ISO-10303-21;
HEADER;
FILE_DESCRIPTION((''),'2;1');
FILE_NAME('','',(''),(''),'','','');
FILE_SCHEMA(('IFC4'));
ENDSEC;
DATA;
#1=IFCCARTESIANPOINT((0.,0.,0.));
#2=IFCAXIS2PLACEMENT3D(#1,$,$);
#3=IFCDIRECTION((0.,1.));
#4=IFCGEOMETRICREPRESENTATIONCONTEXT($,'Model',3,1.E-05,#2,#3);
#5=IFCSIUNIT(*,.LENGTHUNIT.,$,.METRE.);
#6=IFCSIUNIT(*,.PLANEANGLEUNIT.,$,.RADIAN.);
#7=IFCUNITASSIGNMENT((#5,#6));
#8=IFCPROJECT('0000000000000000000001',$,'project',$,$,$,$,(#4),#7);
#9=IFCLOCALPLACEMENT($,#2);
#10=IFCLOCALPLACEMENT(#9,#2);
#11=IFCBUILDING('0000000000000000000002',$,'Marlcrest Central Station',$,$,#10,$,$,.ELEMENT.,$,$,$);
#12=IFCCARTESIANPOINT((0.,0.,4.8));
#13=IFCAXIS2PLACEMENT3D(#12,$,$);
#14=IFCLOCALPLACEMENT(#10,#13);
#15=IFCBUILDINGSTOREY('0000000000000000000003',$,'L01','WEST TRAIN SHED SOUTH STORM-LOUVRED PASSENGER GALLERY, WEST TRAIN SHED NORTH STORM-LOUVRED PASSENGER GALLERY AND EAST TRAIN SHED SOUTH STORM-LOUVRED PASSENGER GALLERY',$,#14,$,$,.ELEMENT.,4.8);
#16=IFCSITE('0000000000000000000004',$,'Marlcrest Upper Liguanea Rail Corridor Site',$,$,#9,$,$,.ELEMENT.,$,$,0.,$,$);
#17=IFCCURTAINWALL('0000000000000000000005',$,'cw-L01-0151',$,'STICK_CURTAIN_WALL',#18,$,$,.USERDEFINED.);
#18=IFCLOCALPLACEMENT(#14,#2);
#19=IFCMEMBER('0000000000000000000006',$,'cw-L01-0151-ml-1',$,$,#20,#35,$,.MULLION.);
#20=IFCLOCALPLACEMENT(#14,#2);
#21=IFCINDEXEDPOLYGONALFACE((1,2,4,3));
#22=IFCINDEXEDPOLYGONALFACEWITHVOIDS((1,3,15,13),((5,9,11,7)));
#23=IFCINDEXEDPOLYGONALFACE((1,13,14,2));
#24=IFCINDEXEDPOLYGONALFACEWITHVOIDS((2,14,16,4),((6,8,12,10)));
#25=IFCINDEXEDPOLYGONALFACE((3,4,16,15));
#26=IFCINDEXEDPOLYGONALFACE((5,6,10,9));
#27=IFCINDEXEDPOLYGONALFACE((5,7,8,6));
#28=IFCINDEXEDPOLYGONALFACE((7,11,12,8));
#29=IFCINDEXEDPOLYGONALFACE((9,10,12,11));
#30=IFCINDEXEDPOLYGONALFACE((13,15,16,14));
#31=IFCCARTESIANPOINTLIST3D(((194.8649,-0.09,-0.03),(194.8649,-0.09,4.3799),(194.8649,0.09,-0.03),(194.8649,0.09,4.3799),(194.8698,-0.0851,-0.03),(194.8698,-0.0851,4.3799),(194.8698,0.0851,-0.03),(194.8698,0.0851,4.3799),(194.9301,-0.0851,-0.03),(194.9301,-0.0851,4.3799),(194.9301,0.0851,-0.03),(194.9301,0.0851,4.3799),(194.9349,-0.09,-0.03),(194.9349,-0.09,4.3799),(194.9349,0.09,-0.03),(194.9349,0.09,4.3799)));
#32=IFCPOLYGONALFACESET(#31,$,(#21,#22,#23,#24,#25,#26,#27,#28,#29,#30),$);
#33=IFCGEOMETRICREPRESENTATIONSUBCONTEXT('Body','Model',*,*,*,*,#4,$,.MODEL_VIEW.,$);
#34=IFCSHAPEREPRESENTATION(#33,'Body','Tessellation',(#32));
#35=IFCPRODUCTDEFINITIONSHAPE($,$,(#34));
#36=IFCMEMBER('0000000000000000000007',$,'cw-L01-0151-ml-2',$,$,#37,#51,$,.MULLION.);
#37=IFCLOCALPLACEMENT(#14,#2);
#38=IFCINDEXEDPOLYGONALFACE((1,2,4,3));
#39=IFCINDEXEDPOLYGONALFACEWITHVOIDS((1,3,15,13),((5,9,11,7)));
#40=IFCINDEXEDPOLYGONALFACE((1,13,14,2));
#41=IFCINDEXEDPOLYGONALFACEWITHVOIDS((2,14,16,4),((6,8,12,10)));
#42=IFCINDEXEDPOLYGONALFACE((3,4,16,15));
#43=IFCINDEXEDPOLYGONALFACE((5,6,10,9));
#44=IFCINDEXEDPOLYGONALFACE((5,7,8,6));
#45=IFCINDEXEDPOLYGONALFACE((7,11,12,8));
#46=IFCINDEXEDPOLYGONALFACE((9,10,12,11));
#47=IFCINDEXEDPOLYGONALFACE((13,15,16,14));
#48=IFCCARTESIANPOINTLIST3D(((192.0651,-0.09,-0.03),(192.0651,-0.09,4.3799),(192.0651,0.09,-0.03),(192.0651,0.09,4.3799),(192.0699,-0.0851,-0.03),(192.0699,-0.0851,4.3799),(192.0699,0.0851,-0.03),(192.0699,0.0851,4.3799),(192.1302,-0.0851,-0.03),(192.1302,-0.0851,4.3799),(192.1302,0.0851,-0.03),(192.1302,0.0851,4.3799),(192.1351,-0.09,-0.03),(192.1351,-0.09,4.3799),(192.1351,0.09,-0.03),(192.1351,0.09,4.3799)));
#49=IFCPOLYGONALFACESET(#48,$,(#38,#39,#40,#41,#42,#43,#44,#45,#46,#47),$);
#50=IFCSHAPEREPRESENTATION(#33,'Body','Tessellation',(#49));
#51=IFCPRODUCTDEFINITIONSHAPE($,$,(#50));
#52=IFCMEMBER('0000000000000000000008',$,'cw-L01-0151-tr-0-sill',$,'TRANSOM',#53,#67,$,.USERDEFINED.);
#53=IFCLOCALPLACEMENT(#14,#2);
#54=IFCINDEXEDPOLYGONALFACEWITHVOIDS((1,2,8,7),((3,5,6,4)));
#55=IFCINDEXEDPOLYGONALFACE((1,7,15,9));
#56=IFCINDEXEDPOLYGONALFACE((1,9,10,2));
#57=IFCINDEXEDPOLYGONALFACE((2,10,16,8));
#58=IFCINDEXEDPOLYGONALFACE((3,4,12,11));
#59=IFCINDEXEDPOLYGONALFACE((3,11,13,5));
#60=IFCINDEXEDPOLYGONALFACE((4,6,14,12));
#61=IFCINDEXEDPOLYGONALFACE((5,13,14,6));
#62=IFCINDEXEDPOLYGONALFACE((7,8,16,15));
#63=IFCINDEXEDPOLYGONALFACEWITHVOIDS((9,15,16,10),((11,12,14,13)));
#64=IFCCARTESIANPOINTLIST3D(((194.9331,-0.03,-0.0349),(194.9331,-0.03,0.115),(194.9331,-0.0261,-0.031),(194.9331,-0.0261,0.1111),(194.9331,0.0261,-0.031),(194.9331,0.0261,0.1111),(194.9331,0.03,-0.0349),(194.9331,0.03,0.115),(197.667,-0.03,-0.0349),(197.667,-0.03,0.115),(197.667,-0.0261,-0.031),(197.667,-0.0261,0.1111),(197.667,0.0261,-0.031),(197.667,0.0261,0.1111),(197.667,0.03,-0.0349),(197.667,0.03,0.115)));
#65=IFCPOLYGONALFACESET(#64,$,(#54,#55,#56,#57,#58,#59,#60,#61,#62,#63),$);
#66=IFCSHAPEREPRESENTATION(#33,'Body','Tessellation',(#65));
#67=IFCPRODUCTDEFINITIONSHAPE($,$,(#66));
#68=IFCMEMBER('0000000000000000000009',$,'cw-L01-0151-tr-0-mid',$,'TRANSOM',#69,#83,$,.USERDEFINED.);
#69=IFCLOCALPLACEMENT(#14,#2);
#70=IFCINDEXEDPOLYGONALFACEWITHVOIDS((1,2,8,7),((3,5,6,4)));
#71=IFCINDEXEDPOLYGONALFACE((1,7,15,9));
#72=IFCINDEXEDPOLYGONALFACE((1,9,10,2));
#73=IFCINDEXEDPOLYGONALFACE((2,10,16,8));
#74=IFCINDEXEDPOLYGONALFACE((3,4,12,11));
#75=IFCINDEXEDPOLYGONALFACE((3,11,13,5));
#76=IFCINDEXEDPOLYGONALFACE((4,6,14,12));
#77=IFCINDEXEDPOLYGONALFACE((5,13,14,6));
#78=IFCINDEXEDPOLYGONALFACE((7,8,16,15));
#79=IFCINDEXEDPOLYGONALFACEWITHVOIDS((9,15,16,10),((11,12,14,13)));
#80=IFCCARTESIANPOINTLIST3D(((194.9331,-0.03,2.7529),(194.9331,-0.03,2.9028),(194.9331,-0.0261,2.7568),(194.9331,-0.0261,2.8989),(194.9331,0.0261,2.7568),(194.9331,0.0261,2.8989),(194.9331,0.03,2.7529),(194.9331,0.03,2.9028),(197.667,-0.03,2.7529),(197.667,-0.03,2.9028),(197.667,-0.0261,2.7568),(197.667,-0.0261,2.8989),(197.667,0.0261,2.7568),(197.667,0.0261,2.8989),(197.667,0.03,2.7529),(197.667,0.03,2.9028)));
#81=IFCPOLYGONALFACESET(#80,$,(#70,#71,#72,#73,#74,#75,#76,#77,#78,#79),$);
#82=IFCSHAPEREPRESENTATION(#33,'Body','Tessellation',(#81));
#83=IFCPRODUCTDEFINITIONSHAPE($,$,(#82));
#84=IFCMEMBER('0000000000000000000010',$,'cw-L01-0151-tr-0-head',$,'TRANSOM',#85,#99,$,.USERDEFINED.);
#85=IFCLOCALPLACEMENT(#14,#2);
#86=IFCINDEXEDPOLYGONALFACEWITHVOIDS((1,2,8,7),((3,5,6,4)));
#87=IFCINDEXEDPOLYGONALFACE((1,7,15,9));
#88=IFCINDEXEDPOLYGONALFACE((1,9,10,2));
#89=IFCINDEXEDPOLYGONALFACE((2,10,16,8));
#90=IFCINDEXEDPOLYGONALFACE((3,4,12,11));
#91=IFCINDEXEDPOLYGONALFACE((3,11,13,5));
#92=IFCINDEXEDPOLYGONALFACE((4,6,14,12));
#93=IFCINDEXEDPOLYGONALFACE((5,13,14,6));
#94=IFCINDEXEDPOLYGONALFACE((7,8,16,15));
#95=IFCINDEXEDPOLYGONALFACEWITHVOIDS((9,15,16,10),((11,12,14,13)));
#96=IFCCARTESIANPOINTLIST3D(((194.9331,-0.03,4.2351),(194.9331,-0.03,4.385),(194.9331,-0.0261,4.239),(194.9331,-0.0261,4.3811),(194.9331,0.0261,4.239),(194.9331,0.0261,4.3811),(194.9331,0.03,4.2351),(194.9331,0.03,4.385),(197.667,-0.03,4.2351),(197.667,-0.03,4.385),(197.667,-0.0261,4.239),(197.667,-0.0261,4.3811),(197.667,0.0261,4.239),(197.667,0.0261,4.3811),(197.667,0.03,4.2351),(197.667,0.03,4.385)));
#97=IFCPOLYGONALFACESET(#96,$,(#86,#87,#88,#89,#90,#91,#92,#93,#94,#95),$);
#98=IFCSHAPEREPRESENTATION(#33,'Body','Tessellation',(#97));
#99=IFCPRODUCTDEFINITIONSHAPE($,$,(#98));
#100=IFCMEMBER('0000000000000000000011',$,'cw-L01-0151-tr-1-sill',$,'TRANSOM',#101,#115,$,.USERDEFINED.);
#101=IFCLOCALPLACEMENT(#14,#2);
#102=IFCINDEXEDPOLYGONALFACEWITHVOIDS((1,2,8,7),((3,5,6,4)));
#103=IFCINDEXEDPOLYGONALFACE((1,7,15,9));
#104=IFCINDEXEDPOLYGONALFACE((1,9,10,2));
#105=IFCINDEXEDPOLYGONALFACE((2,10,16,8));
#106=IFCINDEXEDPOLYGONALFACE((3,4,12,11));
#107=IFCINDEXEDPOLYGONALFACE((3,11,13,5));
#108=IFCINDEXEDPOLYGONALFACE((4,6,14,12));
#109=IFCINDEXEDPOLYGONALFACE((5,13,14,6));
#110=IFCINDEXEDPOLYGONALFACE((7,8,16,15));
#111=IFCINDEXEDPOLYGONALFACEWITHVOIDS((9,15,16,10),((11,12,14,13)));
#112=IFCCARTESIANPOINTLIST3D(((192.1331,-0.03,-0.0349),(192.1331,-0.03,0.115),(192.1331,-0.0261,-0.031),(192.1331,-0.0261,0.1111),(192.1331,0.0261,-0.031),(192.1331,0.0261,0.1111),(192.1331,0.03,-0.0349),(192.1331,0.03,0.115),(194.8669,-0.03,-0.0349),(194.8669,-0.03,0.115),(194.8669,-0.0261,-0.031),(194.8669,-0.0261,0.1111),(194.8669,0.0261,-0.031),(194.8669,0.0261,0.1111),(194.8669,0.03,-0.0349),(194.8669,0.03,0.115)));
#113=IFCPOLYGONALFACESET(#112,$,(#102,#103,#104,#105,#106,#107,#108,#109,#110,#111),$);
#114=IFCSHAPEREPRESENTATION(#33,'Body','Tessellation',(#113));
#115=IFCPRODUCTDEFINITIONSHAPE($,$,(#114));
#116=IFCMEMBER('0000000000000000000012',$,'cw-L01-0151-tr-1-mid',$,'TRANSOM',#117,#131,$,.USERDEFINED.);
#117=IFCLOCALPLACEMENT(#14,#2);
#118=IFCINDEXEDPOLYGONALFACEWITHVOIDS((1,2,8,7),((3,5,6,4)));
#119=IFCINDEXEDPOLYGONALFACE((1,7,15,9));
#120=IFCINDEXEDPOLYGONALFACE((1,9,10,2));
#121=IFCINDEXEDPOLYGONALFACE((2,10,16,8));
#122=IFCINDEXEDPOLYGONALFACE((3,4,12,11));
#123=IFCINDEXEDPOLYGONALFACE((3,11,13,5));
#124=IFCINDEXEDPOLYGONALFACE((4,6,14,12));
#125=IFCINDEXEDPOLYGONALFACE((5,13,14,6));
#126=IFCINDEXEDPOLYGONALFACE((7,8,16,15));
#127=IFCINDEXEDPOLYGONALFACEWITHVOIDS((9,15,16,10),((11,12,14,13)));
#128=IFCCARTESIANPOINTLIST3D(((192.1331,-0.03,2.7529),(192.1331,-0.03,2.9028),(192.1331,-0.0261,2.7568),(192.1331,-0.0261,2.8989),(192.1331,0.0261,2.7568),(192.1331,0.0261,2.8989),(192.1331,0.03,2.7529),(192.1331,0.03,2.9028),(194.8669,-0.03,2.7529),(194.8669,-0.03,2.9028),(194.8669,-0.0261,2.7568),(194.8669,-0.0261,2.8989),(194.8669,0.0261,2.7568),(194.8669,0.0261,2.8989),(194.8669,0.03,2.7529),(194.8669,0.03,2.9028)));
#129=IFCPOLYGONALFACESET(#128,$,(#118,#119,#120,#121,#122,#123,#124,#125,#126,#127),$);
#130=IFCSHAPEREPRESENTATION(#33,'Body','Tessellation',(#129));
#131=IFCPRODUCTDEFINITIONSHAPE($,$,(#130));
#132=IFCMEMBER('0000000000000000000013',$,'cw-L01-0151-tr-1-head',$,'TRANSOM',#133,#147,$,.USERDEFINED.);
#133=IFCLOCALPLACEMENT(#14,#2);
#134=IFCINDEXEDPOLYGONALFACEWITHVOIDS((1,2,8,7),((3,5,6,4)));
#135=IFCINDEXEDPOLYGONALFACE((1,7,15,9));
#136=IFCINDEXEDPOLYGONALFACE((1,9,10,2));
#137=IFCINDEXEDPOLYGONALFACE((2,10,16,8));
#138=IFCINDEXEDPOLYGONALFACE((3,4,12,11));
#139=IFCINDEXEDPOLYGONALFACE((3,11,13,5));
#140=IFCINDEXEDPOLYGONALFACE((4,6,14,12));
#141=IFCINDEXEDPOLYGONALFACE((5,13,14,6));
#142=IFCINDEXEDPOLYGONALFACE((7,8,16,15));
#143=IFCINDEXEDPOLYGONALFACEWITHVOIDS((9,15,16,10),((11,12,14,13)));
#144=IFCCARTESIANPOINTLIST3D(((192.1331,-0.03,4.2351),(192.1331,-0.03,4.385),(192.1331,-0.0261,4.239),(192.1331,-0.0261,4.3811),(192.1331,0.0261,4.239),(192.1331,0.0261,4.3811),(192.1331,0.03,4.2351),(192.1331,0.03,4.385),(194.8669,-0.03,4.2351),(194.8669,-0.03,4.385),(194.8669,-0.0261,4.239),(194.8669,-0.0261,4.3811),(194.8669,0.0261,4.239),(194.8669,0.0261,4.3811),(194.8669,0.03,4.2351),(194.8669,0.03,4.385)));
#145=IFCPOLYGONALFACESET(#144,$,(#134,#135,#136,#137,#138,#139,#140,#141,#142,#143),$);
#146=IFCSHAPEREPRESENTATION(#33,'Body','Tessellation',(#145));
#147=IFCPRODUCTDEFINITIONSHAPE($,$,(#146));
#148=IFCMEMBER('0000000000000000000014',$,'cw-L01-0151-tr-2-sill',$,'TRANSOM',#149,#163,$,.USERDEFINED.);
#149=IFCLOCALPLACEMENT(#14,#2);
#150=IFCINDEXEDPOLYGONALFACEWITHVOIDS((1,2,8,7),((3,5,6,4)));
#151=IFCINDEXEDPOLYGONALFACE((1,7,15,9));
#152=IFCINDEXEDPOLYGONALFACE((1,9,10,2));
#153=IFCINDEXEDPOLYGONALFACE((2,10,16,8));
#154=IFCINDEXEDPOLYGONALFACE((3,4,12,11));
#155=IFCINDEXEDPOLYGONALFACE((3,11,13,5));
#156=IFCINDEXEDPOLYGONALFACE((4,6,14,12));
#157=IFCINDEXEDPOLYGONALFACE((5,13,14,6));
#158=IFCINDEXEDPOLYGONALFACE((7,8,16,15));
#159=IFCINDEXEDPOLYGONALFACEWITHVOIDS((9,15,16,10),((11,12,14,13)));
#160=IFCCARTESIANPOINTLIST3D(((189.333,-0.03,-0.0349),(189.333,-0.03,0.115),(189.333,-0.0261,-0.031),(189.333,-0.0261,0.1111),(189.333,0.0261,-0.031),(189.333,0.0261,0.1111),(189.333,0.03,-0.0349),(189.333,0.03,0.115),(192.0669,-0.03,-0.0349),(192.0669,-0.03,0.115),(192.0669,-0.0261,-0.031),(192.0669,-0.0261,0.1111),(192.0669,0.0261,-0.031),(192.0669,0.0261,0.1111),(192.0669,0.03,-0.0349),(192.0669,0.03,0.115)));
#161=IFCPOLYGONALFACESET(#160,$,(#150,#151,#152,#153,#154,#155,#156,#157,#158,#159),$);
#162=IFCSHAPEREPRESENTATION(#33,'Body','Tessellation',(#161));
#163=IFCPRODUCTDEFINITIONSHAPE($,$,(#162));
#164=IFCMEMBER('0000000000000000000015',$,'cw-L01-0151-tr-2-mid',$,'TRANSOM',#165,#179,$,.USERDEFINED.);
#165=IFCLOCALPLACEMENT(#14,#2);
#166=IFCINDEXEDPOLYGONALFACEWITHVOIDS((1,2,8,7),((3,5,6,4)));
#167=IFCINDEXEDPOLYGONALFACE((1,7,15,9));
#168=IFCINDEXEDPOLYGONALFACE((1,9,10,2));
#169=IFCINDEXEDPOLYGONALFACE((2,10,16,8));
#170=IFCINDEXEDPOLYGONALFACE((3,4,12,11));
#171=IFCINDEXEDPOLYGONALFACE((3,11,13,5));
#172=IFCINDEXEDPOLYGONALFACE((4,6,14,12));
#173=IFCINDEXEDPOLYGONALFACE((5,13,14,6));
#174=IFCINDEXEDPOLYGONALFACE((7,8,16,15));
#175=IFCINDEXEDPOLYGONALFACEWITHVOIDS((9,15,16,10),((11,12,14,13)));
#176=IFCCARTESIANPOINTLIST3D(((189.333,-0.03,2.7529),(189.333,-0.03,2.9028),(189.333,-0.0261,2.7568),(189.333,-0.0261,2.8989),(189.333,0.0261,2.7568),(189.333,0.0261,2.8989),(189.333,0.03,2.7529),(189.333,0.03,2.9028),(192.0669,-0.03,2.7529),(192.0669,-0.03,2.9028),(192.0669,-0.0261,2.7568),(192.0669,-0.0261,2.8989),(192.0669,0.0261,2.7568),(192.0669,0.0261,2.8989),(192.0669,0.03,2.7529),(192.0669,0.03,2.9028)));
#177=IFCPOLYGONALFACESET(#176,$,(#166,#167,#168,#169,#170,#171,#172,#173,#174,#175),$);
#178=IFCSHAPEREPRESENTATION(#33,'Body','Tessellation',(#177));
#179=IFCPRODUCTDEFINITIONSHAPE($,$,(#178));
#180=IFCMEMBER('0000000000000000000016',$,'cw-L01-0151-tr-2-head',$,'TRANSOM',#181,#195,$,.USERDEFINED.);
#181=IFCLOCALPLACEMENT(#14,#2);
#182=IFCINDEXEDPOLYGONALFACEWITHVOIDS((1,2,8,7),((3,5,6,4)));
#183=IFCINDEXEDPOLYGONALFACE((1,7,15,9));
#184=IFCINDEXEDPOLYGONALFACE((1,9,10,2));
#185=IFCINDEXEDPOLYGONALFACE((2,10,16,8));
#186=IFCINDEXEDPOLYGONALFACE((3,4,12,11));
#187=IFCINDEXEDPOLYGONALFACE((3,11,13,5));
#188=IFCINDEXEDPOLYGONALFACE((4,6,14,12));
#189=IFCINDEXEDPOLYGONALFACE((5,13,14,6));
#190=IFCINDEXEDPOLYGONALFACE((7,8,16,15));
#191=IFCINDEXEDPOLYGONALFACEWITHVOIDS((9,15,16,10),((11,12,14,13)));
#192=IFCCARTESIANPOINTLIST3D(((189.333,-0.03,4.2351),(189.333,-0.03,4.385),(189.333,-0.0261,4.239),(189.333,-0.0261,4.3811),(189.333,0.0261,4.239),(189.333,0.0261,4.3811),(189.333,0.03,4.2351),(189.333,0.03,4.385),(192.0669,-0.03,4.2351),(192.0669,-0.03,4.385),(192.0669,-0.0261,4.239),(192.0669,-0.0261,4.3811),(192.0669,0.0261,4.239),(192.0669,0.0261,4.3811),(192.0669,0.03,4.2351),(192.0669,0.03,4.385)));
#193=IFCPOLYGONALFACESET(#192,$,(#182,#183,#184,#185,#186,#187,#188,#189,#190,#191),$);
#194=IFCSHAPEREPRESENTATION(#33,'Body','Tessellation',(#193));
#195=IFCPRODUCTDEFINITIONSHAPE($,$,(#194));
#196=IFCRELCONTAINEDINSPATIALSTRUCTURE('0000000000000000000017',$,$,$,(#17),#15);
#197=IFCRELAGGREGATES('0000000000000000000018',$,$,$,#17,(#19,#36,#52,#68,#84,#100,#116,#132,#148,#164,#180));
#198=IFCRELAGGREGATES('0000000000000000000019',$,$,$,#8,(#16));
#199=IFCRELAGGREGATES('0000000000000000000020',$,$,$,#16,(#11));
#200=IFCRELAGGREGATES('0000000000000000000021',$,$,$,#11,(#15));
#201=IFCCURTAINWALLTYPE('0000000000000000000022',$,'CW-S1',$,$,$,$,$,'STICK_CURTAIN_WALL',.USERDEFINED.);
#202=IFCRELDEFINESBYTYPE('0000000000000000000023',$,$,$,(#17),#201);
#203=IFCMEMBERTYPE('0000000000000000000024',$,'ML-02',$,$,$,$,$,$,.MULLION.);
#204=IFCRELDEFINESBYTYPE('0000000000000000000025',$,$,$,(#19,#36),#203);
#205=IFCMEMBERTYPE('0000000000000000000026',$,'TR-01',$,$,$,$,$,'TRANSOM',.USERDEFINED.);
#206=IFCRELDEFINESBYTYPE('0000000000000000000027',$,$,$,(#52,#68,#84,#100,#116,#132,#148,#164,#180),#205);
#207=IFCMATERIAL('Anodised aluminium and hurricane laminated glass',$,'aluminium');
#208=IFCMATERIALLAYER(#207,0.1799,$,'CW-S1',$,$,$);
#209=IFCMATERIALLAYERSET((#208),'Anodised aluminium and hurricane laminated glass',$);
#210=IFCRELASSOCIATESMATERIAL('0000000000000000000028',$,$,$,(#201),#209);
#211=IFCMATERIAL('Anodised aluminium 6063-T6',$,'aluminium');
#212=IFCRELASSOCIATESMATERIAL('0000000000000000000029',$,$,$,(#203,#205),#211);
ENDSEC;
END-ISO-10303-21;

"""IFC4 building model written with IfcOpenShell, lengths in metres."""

from ifc_helpers import new_model, si_unit, direction, frame, origin, origin_2d, place, context, subcontext, project, spatial, hollow_rectangle, extrude, material, layer, layer_set, material_profile, profile_set, type_object, element, aggregate, save


model = new_model("IFC4")

# Units and contexts
model_context = context("Model", 3, precision=1e-05, world=origin(), true_north=direction((0.0, 1.0)))
body_context = subcontext(model_context, "Body", "Model", "MODEL_VIEW")
ifc_project = project(units=[si_unit("LENGTHUNIT", "METRE"), si_unit("PLANEANGLEUNIT", "RADIAN")], contexts=[model_context])

# Site, building, storey
site_placement = place(None, origin())
site = spatial("IfcSite", under=ifc_project, at=site_placement, Name="Marlcrest Upper Liguanea Rail Corridor Site", CompositionType="ELEMENT", RefElevation=0.0)
building_placement = place(site_placement, origin())
building = spatial("IfcBuilding", under=site, at=building_placement, Name="Marlcrest Central Station", CompositionType="ELEMENT")
storey_placement = place(building_placement, frame((0.0, 0.0, 4.8)))
storey = spatial("IfcBuildingStorey", under=building, at=storey_placement, Name="L01", Description="WEST TRAIN SHED SOUTH STORM-LOUVRED PASSENGER GALLERY, WEST TRAIN SHED NORTH STORM-LOUVRED PASSENGER GALLERY AND EAST TRAIN SHED SOUTH STORM-LOUVRED PASSENGER GALLERY", CompositionType="ELEMENT", Elevation=4.8)

# Curtain wall, members
ifc_material_1 = material(Name="Anodised aluminium and hurricane laminated glass", Category="aluminium")
ifc_layer_1 = layer(ifc_material_1, 0.1799, Name="CW-S1")
ifc_layer_set_1 = layer_set([ifc_layer_1], Name="Anodised aluminium and hurricane laminated glass")
curtain_wall_type = type_object("IfcCurtainWallType", Name="CW-S1", ElementType="STICK_CURTAIN_WALL", PredefinedType="USERDEFINED", material=ifc_layer_set_1)
curtain_wall_placement = place(storey_placement, origin())
curtain_wall = element("IfcCurtainWall", 1, at=curtain_wall_placement, inside=storey, type_object=curtain_wall_type, Name="cw-L01-0151", ObjectType="STICK_CURTAIN_WALL", PredefinedType="USERDEFINED")
ifc_material_2 = material(Name="Anodised aluminium 6063-T6", Category="aluminium")
ifc_material_profile_1 = material_profile(ifc_material_2, hollow_rectangle(XDim=0.0701, YDim=0.1799, WallThickness=0.0049, at=origin_2d()), Name="AA-RHS 180x70x5")
ifc_profile_set_1 = profile_set([ifc_material_profile_1], Name="Anodised aluminium 6063-T6")
member_type_1 = type_object("IfcMemberType", Name="ML-02", PredefinedType="MULLION", material=ifc_profile_set_1)
member_1_placement = place(storey_placement, frame((194.8999, 0.0, -0.03), z_axis=(0.0, 0.0, 1.0), x_axis=(1.0, 0.0, 0.0)))
member_1 = element("IfcMember", 2, at=member_1_placement, type_object=member_type_1, Name="cw-L01-0151-ml-1", PredefinedType="MULLION", context=body_context, shape_type="SweptSolid", body=[
    extrude(hollow_rectangle(XDim=0.0701, YDim=0.1799, WallThickness=0.0049, at=origin_2d()), origin(), (0.0, 0.0, 1.0), 4.4099),
])
member_2_placement = place(storey_placement, frame((192.1001, 0.0, -0.03), z_axis=(0.0, 0.0, 1.0), x_axis=(1.0, 0.0, 0.0)))
member_2 = element("IfcMember", 3, at=member_2_placement, type_object=member_type_1, Name="cw-L01-0151-ml-2", PredefinedType="MULLION", context=body_context, shape_type="SweptSolid", body=[
    extrude(hollow_rectangle(XDim=0.0701, YDim=0.1799, WallThickness=0.0049, at=origin_2d()), origin(), (0.0, 0.0, 1.0), 4.4099),
])
ifc_material_profile_2 = material_profile(ifc_material_2, hollow_rectangle(XDim=0.0601, YDim=0.1499, WallThickness=0.0039, at=origin_2d()), Name="AA-RHS 150x60x4")
ifc_profile_set_2 = profile_set([ifc_material_profile_2], Name="Anodised aluminium 6063-T6")
member_type_2 = type_object("IfcMemberType", Name="TR-01", ElementType="TRANSOM", PredefinedType="USERDEFINED", material=ifc_profile_set_2)
member_3_placement = place(storey_placement, frame((197.667, 0.0, 0.04), z_axis=(-1.0, 0.0, 0.0), x_axis=(0.0, -1.0, 0.0)))
member_3 = element("IfcMember", 4, at=member_3_placement, type_object=member_type_2, Name="cw-L01-0151-tr-0-sill", ObjectType="TRANSOM", PredefinedType="USERDEFINED", context=body_context, shape_type="SweptSolid", body=[
    extrude(hollow_rectangle(XDim=0.0601, YDim=0.1499, WallThickness=0.0039, at=origin_2d()), origin(), (0.0, 0.0, 1.0), 2.7339),
])
member_4_placement = place(storey_placement, frame((197.667, 0.0, 2.8279), z_axis=(-1.0, 0.0, 0.0), x_axis=(0.0, -1.0, 0.0)))
member_4 = element("IfcMember", 5, at=member_4_placement, type_object=member_type_2, Name="cw-L01-0151-tr-0-mid", ObjectType="TRANSOM", PredefinedType="USERDEFINED", context=body_context, shape_type="SweptSolid", body=[
    extrude(hollow_rectangle(XDim=0.0601, YDim=0.1499, WallThickness=0.0039, at=origin_2d()), origin(), (0.0, 0.0, 1.0), 2.7339),
])
member_5_placement = place(storey_placement, frame((197.667, 0.0, 4.3101), z_axis=(-1.0, 0.0, 0.0), x_axis=(0.0, -1.0, 0.0)))
member_5 = element("IfcMember", 6, at=member_5_placement, type_object=member_type_2, Name="cw-L01-0151-tr-0-head", ObjectType="TRANSOM", PredefinedType="USERDEFINED", context=body_context, shape_type="SweptSolid", body=[
    extrude(hollow_rectangle(XDim=0.0601, YDim=0.1499, WallThickness=0.0039, at=origin_2d()), origin(), (0.0, 0.0, 1.0), 2.7339),
])
member_6_placement = place(storey_placement, frame((194.8669, 0.0, 0.04), z_axis=(-1.0, 0.0, 0.0), x_axis=(0.0, -1.0, 0.0)))
member_6 = element("IfcMember", 7, at=member_6_placement, type_object=member_type_2, Name="cw-L01-0151-tr-1-sill", ObjectType="TRANSOM", PredefinedType="USERDEFINED", context=body_context, shape_type="SweptSolid", body=[
    extrude(hollow_rectangle(XDim=0.0601, YDim=0.1499, WallThickness=0.0039, at=origin_2d()), origin(), (0.0, 0.0, 1.0), 2.7339),
])
member_7_placement = place(storey_placement, frame((194.8669, 0.0, 2.8279), z_axis=(-1.0, 0.0, 0.0), x_axis=(0.0, -1.0, 0.0)))
member_7 = element("IfcMember", 8, at=member_7_placement, type_object=member_type_2, Name="cw-L01-0151-tr-1-mid", ObjectType="TRANSOM", PredefinedType="USERDEFINED", context=body_context, shape_type="SweptSolid", body=[
    extrude(hollow_rectangle(XDim=0.0601, YDim=0.1499, WallThickness=0.0039, at=origin_2d()), origin(), (0.0, 0.0, 1.0), 2.7339),
])
member_8_placement = place(storey_placement, frame((194.8669, 0.0, 4.3101), z_axis=(-1.0, 0.0, 0.0), x_axis=(0.0, -1.0, 0.0)))
member_8 = element("IfcMember", 9, at=member_8_placement, type_object=member_type_2, Name="cw-L01-0151-tr-1-head", ObjectType="TRANSOM", PredefinedType="USERDEFINED", context=body_context, shape_type="SweptSolid", body=[
    extrude(hollow_rectangle(XDim=0.0601, YDim=0.1499, WallThickness=0.0039, at=origin_2d()), origin(), (0.0, 0.0, 1.0), 2.7339),
])
member_9_placement = place(storey_placement, frame((192.0669, 0.0, 0.04), z_axis=(-1.0, 0.0, 0.0), x_axis=(0.0, -1.0, 0.0)))
member_9 = element("IfcMember", 10, at=member_9_placement, type_object=member_type_2, Name="cw-L01-0151-tr-2-sill", ObjectType="TRANSOM", PredefinedType="USERDEFINED", context=body_context, shape_type="SweptSolid", body=[
    extrude(hollow_rectangle(XDim=0.0601, YDim=0.1499, WallThickness=0.0039, at=origin_2d()), origin(), (0.0, 0.0, 1.0), 2.7339),
])
member_10_placement = place(storey_placement, frame((192.0669, 0.0, 2.8279), z_axis=(-1.0, 0.0, 0.0), x_axis=(0.0, -1.0, 0.0)))
member_10 = element("IfcMember", 11, at=member_10_placement, type_object=member_type_2, Name="cw-L01-0151-tr-2-mid", ObjectType="TRANSOM", PredefinedType="USERDEFINED", context=body_context, shape_type="SweptSolid", body=[
    extrude(hollow_rectangle(XDim=0.0601, YDim=0.1499, WallThickness=0.0039, at=origin_2d()), origin(), (0.0, 0.0, 1.0), 2.7339),
])
member_11_placement = place(storey_placement, frame((192.0669, 0.0, 4.3101), z_axis=(-1.0, 0.0, 0.0), x_axis=(0.0, -1.0, 0.0)))
member_11 = element("IfcMember", 12, at=member_11_placement, type_object=member_type_2, Name="cw-L01-0151-tr-2-head", ObjectType="TRANSOM", PredefinedType="USERDEFINED", context=body_context, shape_type="SweptSolid", body=[
    extrude(hollow_rectangle(XDim=0.0601, YDim=0.1499, WallThickness=0.0039, at=origin_2d()), origin(), (0.0, 0.0, 1.0), 2.7339),
])
aggregate(curtain_wall, [member_1, member_2, member_3, member_4, member_5, member_6, member_7, member_8, member_9, member_10, member_11])

save(model, "model.ifc")
